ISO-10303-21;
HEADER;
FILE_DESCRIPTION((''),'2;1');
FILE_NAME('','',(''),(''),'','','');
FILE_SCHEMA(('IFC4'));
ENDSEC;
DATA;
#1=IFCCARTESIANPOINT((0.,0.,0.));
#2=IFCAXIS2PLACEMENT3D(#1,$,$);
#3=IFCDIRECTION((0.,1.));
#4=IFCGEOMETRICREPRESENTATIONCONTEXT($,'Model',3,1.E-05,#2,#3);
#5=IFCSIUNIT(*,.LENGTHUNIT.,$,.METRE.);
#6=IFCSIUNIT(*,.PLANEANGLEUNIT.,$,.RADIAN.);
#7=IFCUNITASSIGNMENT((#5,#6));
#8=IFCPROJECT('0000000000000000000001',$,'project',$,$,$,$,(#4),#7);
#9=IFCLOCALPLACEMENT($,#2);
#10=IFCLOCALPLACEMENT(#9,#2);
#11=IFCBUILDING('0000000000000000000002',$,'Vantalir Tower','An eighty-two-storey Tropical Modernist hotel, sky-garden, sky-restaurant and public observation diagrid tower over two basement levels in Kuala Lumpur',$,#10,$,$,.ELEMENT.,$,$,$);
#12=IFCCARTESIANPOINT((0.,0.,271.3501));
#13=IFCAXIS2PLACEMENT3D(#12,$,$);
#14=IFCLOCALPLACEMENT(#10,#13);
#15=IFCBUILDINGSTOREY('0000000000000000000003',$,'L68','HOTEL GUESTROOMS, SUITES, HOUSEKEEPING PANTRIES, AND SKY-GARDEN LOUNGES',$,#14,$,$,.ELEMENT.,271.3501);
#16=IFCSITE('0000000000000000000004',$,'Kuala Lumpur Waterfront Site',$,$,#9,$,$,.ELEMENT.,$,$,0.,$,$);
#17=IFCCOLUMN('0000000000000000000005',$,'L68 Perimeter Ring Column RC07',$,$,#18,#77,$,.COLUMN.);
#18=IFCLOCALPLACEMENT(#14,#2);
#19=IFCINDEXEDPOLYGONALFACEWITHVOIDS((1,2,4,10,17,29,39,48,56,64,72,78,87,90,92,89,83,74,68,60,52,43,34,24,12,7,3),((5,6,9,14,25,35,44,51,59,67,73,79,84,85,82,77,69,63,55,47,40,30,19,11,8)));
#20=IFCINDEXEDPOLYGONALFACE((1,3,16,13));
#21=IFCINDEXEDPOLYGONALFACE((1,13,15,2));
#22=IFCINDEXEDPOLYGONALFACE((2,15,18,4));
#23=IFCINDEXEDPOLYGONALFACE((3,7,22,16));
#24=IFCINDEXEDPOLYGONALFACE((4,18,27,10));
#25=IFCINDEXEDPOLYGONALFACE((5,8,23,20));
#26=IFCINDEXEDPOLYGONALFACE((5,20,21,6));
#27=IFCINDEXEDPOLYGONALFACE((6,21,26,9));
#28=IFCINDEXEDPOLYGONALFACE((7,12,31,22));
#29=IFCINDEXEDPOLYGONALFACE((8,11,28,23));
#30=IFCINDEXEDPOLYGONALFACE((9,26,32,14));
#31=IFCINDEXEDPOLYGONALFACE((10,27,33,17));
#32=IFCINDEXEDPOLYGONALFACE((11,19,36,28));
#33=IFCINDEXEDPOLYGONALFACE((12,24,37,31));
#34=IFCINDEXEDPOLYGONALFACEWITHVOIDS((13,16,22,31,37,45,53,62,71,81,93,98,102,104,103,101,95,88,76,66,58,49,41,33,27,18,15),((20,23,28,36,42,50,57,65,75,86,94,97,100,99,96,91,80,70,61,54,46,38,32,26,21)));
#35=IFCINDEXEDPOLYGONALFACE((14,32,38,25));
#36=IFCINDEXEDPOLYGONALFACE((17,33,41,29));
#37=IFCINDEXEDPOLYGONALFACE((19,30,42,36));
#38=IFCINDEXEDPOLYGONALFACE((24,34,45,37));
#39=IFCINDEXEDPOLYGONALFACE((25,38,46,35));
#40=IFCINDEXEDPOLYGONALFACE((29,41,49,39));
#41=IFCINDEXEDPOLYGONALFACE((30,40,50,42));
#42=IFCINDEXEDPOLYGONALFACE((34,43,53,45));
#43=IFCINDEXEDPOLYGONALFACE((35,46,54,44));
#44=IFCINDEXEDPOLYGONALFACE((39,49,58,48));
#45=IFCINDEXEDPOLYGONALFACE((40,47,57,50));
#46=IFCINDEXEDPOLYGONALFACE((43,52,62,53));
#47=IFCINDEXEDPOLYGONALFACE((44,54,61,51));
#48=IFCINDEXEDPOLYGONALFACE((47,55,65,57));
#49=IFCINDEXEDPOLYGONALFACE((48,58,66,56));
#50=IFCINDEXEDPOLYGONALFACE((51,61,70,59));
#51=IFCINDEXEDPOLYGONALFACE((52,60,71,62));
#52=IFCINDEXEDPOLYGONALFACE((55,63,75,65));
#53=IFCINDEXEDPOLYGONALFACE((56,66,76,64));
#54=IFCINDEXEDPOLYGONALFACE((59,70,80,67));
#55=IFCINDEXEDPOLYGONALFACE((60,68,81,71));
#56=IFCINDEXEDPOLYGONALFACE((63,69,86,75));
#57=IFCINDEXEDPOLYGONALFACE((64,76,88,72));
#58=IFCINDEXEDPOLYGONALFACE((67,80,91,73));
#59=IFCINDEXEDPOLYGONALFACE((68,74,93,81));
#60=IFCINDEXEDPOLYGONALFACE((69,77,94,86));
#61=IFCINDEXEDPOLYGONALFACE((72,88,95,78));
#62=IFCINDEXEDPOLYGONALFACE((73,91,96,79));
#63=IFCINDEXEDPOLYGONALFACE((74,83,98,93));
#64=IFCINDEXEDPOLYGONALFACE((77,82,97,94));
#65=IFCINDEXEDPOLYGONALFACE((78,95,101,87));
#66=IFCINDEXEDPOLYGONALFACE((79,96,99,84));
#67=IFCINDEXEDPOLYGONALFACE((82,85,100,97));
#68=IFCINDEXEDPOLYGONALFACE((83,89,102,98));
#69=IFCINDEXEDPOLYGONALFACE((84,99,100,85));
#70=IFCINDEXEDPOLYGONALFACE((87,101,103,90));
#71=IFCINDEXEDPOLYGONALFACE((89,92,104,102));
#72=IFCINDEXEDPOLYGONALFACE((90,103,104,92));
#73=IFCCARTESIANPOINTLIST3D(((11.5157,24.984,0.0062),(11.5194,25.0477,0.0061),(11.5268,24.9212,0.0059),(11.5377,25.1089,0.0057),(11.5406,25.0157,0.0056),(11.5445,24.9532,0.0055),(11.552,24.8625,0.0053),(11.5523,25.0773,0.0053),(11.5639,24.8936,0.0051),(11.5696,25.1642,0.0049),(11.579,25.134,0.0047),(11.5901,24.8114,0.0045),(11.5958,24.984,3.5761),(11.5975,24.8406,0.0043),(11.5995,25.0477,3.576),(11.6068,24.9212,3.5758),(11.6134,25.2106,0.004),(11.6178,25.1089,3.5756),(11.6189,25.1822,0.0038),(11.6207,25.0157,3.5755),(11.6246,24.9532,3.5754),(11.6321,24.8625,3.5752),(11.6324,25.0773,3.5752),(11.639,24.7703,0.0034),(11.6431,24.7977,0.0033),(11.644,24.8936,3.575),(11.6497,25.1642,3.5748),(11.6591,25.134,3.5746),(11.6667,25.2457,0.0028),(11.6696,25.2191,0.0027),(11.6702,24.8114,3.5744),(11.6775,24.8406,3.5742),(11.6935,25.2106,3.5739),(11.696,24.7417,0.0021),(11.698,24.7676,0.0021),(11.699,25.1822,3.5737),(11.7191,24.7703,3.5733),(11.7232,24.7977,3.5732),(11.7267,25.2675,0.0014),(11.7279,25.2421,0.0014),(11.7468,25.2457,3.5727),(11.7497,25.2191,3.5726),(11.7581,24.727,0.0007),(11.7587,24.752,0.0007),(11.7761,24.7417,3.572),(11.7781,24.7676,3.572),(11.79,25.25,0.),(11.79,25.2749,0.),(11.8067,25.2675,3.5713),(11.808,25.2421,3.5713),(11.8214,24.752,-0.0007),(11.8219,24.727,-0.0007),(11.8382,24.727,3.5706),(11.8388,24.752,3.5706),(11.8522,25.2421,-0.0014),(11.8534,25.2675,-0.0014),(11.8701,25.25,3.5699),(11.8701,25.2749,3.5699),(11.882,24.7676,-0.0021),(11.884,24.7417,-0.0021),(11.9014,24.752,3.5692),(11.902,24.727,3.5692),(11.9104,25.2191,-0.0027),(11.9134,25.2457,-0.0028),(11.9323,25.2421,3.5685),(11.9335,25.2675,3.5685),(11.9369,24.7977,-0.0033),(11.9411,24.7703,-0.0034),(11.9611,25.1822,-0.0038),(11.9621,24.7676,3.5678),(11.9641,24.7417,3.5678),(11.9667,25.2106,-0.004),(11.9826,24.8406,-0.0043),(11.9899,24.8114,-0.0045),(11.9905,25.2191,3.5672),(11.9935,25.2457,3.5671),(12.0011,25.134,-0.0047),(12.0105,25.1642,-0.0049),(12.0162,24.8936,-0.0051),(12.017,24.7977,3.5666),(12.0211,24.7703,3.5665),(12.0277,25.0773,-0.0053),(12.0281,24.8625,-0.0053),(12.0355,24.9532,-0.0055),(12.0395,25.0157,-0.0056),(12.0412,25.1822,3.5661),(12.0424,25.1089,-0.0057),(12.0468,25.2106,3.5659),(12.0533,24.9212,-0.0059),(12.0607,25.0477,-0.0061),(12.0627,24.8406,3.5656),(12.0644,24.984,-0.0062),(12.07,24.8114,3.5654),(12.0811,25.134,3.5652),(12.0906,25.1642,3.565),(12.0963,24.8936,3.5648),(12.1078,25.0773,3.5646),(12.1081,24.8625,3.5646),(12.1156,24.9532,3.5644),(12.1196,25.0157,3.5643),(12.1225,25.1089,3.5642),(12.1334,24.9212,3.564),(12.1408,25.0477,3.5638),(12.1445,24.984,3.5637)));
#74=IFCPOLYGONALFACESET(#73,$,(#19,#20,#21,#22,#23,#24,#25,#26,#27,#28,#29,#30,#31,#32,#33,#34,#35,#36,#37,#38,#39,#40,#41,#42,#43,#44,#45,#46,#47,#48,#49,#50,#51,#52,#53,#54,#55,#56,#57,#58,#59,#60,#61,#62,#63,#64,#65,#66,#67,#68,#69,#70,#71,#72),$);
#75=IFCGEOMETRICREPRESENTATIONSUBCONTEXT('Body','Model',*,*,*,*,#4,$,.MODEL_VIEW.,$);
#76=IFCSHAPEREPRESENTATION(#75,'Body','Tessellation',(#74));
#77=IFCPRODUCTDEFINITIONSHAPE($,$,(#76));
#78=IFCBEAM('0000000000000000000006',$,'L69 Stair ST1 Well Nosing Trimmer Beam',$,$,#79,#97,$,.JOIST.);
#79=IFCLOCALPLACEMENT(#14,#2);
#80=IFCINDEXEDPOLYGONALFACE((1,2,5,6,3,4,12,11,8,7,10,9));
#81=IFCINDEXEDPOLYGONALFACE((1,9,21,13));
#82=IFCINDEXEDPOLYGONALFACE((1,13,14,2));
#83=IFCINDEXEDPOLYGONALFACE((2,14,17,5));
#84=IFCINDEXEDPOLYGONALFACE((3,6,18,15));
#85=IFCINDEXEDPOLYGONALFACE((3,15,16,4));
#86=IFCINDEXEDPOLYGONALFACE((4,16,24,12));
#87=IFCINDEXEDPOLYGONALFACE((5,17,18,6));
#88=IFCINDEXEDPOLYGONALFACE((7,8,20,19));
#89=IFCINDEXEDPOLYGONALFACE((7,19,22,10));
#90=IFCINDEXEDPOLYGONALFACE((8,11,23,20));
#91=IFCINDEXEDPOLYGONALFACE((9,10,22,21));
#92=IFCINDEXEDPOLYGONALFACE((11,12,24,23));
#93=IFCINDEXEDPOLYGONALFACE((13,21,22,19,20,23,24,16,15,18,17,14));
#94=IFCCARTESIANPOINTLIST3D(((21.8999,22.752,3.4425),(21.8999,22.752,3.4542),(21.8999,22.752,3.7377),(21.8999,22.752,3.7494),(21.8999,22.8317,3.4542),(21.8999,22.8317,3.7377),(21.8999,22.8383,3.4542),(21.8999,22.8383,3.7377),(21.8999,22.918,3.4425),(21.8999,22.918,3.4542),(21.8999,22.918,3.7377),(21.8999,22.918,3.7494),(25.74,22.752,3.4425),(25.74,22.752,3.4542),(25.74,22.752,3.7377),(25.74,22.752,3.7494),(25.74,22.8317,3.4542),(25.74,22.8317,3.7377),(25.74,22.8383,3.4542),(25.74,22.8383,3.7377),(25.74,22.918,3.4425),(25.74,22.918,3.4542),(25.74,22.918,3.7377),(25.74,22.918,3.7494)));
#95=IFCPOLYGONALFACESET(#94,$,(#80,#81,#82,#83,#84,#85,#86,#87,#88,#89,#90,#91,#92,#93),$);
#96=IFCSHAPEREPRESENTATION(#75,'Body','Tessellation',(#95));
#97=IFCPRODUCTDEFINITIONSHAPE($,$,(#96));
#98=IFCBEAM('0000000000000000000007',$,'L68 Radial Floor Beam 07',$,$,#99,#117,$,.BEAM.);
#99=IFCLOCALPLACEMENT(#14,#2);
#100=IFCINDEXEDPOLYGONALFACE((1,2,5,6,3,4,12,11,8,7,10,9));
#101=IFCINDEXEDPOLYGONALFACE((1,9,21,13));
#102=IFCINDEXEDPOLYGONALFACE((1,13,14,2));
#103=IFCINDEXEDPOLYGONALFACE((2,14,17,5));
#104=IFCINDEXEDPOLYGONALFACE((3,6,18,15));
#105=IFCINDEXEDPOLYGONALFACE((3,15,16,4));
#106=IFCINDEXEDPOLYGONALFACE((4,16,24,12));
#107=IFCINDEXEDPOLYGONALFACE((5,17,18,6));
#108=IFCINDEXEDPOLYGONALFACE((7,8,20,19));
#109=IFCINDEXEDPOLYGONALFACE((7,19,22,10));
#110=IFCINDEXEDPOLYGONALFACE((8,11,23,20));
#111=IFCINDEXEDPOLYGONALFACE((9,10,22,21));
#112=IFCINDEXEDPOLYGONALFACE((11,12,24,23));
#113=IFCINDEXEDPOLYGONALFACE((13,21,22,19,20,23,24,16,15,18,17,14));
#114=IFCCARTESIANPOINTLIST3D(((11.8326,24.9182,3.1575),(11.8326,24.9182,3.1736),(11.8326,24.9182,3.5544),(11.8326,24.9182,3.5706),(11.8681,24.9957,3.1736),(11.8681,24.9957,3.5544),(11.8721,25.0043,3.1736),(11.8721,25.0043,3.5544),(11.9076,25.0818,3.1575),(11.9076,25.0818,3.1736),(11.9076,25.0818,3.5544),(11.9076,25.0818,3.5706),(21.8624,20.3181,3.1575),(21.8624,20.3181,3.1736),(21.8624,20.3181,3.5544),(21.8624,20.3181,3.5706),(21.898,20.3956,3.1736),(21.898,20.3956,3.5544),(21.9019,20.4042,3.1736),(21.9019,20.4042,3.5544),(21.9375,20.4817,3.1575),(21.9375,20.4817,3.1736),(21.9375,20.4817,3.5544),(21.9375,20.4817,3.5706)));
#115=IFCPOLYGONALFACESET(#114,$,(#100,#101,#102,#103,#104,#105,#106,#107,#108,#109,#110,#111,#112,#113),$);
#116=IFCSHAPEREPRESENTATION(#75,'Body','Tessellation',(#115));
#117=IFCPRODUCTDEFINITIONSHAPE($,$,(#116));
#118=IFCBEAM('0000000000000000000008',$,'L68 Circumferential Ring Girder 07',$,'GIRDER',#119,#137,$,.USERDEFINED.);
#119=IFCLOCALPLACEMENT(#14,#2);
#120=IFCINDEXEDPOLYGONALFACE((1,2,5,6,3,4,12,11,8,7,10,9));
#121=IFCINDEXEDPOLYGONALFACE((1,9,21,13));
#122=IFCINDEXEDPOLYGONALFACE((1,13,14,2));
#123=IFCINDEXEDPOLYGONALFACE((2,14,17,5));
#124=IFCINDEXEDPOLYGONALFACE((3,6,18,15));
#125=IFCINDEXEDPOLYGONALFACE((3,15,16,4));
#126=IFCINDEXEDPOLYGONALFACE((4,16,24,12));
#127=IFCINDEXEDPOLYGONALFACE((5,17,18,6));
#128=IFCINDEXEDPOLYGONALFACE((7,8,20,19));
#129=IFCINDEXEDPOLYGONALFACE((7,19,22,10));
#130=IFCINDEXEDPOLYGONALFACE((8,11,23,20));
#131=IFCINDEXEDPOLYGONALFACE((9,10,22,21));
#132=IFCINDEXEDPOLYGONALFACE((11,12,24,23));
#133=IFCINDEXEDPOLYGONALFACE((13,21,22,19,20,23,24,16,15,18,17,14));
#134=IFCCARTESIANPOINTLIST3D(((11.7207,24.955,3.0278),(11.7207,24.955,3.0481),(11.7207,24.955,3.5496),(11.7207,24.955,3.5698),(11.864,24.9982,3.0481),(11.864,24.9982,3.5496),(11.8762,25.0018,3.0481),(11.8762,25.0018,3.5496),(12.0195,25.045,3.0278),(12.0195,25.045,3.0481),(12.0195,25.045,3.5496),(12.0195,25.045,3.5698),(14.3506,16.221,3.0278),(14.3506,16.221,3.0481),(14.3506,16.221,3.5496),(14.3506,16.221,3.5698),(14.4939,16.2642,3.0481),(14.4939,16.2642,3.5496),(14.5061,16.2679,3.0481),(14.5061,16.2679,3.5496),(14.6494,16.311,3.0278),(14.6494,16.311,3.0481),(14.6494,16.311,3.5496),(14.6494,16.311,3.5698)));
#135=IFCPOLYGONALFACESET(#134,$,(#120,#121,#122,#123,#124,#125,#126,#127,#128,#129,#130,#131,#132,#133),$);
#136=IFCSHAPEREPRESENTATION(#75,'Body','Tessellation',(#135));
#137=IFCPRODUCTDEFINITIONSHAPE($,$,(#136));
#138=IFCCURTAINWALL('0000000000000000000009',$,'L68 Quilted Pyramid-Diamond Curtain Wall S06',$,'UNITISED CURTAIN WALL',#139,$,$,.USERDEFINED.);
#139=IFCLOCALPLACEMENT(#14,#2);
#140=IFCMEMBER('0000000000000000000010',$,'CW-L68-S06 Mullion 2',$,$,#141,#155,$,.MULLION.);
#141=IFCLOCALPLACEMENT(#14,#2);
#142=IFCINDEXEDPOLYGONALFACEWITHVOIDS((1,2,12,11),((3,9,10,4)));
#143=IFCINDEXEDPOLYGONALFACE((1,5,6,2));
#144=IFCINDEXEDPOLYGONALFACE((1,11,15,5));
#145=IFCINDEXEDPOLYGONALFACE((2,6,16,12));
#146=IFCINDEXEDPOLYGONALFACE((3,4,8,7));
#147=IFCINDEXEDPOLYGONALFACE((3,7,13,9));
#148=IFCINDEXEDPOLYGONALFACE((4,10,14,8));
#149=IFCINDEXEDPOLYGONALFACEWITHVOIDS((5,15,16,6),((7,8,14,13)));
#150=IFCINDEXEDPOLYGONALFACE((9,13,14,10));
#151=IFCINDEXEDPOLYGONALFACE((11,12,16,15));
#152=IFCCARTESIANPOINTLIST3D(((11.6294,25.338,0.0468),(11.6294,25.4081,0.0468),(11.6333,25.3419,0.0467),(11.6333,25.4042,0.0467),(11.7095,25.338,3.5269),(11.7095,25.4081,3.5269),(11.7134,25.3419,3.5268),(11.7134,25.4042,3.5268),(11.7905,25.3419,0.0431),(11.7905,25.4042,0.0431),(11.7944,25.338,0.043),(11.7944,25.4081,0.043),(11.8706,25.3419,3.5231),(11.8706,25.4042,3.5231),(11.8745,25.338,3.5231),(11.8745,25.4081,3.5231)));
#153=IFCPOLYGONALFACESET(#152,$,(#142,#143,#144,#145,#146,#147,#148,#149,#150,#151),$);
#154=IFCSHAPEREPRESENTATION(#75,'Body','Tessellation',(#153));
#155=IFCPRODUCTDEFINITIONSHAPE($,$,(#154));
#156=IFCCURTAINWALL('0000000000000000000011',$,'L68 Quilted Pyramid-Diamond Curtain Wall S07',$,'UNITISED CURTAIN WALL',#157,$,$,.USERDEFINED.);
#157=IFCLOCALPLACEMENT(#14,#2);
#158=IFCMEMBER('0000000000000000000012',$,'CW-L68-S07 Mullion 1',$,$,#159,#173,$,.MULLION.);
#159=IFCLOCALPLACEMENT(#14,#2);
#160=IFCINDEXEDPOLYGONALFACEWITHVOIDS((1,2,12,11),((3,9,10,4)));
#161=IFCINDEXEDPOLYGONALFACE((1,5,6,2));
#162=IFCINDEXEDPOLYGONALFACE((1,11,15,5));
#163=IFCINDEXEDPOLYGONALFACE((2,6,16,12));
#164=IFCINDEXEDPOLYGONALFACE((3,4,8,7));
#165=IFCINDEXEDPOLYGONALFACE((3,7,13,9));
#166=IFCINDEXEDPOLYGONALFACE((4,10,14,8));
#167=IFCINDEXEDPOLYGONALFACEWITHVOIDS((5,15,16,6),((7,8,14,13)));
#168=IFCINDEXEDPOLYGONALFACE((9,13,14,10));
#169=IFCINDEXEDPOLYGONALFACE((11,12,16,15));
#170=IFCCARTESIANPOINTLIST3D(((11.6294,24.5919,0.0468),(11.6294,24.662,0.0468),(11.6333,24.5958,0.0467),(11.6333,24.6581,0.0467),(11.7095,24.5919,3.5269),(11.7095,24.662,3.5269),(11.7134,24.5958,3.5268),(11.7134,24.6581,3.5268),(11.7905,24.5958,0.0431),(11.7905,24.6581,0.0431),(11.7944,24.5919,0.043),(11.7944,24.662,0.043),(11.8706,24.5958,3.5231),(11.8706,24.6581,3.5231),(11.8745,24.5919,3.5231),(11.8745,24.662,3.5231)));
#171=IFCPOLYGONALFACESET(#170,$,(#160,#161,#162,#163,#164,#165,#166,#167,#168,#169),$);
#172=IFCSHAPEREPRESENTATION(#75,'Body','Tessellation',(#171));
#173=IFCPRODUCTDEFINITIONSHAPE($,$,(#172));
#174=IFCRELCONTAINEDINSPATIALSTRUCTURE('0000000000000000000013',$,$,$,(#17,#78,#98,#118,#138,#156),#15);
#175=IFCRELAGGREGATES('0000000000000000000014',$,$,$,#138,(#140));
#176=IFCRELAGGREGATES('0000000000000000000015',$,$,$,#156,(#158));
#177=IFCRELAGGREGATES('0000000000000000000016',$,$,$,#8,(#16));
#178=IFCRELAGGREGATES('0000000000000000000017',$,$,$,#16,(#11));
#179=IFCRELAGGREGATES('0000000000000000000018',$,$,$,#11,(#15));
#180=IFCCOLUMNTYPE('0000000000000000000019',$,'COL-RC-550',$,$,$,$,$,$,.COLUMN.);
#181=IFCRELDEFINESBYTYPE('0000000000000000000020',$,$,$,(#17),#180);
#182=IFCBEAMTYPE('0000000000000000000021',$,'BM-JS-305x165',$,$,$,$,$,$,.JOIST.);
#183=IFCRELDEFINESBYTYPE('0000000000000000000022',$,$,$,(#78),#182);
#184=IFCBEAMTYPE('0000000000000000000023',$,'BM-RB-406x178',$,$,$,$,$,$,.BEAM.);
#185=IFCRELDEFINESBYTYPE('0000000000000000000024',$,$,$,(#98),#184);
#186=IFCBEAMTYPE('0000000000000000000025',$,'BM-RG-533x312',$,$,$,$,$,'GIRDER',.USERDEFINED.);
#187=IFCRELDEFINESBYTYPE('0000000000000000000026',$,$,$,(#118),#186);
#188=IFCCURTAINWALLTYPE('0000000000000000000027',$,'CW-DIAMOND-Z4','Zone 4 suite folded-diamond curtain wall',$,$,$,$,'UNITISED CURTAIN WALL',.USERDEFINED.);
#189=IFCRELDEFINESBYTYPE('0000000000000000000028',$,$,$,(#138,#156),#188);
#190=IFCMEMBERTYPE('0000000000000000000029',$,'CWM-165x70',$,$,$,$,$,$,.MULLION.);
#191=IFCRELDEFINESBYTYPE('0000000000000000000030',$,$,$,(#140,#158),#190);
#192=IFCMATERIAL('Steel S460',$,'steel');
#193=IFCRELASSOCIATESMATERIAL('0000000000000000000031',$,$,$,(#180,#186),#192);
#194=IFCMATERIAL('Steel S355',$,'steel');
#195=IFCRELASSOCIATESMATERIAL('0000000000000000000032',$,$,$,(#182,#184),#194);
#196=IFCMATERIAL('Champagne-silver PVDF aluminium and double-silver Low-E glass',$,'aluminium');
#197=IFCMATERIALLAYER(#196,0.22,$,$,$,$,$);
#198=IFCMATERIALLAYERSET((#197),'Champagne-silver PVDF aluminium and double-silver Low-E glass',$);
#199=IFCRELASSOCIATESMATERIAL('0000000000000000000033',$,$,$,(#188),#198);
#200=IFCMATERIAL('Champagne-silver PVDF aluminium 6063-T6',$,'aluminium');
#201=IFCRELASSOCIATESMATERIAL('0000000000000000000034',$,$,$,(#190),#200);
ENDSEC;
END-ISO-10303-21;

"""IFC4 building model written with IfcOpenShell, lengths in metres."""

from ifc_helpers import new_model, si_unit, direction, frame, origin, origin_2d, place, context, subcontext, project, spatial, hollow_rectangle, hollow_circle, i_section, extrude, material, layer, layer_set, material_profile, profile_set, type_object, element, aggregate, save


model = new_model("IFC4")

# Units and contexts
model_context = context("Model", 3, precision=1e-05, world=origin(), true_north=direction((0.0, 1.0)))
body_context = subcontext(model_context, "Body", "Model", "MODEL_VIEW")
ifc_project = project(units=[si_unit("LENGTHUNIT", "METRE"), si_unit("PLANEANGLEUNIT", "RADIAN")], contexts=[model_context])

# Site, building, storey
site_placement = place(None, origin())
site = spatial("IfcSite", under=ifc_project, at=site_placement, Name="Kuala Lumpur Waterfront Site", CompositionType="ELEMENT", RefElevation=0.0)
building_placement = place(site_placement, origin())
building = spatial("IfcBuilding", under=site, at=building_placement, Name="Vantalir Tower", Description="An eighty-two-storey Tropical Modernist hotel, sky-garden, sky-restaurant and public observation diagrid tower over two basement levels in Kuala Lumpur", CompositionType="ELEMENT")
storey_placement = place(building_placement, frame((0.0, 0.0, 271.3501)))
storey = spatial("IfcBuildingStorey", under=building, at=storey_placement, Name="L68", Description="HOTEL GUESTROOMS, SUITES, HOUSEKEEPING PANTRIES, AND SKY-GARDEN LOUNGES", CompositionType="ELEMENT", Elevation=271.3501)

# Column
ifc_material_1 = material(Name="Steel S460", Category="steel")
ifc_material_profile_1 = material_profile(ifc_material_1, hollow_circle(Radius=0.2749, WallThickness=0.0249, at=origin_2d()), Name="Steel S460")
ifc_profile_set_1 = profile_set([ifc_material_profile_1], Name="Steel S460")
column_type = type_object("IfcColumnType", Name="COL-RC-550", PredefinedType="COLUMN", material=ifc_profile_set_1)
column_placement = place(storey_placement, frame((11.79, 25.0, 0.0), z_axis=(0.022426, 0.0, 0.999748), x_axis=(0.0, 1.0, 0.0)))
element("IfcColumn", 1, at=column_placement, inside=storey, type_object=column_type, Name="L68 Perimeter Ring Column RC07", PredefinedType="COLUMN", context=body_context, shape_type="SweptSolid", body=[
    extrude(hollow_circle(Radius=0.2749, WallThickness=0.0249, at=origin_2d()), origin(), (0.0, 0.0, 1.0), 3.5708),
])

# Beams
ifc_material_2 = material(Name="Steel S355", Category="steel")
ifc_material_profile_2 = material_profile(ifc_material_2, i_section(OverallWidth=0.166, OverallDepth=0.3069, WebThickness=0.0066, FlangeThickness=0.0117, at=origin_2d()), Name="Steel S355")
ifc_profile_set_2 = profile_set([ifc_material_profile_2], Name="Steel S355")
beam_type_1 = type_object("IfcBeamType", Name="BM-JS-305x165", PredefinedType="JOIST", material=ifc_profile_set_2)
beam_1_placement = place(storey_placement, frame((21.8999, 22.835, 3.5959), z_axis=(1.0, 0.0, 0.0), x_axis=(0.0, 1.0, 0.0)))
element("IfcBeam", 2, at=beam_1_placement, inside=storey, type_object=beam_type_1, Name="L69 Stair ST1 Well Nosing Trimmer Beam", PredefinedType="JOIST", context=body_context, shape_type="SweptSolid", body=[
    extrude(i_section(OverallWidth=0.166, OverallDepth=0.3069, WebThickness=0.0066, FlangeThickness=0.0117, at=origin_2d()), origin(), (0.0, 0.0, 1.0), 3.8401),
])
ifc_material_profile_3 = material_profile(ifc_material_2, i_section(OverallWidth=0.1799, OverallDepth=0.4131, WebThickness=0.0095, FlangeThickness=0.0161, at=origin_2d()), Name="Steel S355")
ifc_profile_set_3 = profile_set([ifc_material_profile_3], Name="Steel S355")
beam_type_2 = type_object("IfcBeamType", Name="BM-RB-406x178", PredefinedType="BEAM", material=ifc_profile_set_3)
beam_2_placement = place(storey_placement, frame((11.8701, 25.0, 3.364), z_axis=(0.908958, -0.416888, 0.0), x_axis=(0.416888, 0.908958, 0.0)))
element("IfcBeam", 3, at=beam_2_placement, inside=storey, type_object=beam_type_2, Name="L68 Radial Floor Beam 07", PredefinedType="BEAM", context=body_context, shape_type="SweptSolid", body=[
    extrude(i_section(OverallWidth=0.1799, OverallDepth=0.4131, WebThickness=0.0095, FlangeThickness=0.0161, at=origin_2d()), origin(), (0.0, 0.0, 1.0), 11.0344),
])
ifc_material_profile_4 = material_profile(ifc_material_1, i_section(OverallWidth=0.312, OverallDepth=0.542, WebThickness=0.0127, FlangeThickness=0.0203, at=origin_2d()), Name="Steel S460")
ifc_profile_set_4 = profile_set([ifc_material_profile_4], Name="Steel S460")
beam_type_3 = type_object("IfcBeamType", Name="BM-RG-533x312", ElementType="GIRDER", PredefinedType="USERDEFINED", material=ifc_profile_set_4)
beam_3_placement = place(storey_placement, frame((11.8701, 25.0, 3.2988), z_axis=(0.288325, -0.957533, 0.0), x_axis=(0.957533, 0.288325, 0.0)))
element("IfcBeam", 4, at=beam_3_placement, inside=storey, type_object=beam_type_3, Name="L68 Circumferential Ring Girder 07", ObjectType="GIRDER", PredefinedType="USERDEFINED", context=body_context, shape_type="SweptSolid", body=[
    extrude(i_section(OverallWidth=0.312, OverallDepth=0.542, WebThickness=0.0127, FlangeThickness=0.0203, at=origin_2d()), origin(), (0.0, 0.0, 1.0), 9.1213),
])

# Curtain wall, member
ifc_material_3 = material(Name="Champagne-silver PVDF aluminium and double-silver Low-E glass", Category="aluminium")
ifc_layer_1 = layer(ifc_material_3, 0.22)
ifc_layer_set_1 = layer_set([ifc_layer_1], Name="Champagne-silver PVDF aluminium and double-silver Low-E glass")
curtain_wall_type = type_object("IfcCurtainWallType", Name="CW-DIAMOND-Z4", Description="Zone 4 suite folded-diamond curtain wall", ElementType="UNITISED CURTAIN WALL", PredefinedType="USERDEFINED", material=ifc_layer_set_1)
curtain_wall_1_placement = place(storey_placement, origin())
curtain_wall_1 = element("IfcCurtainWall", 5, at=curtain_wall_1_placement, inside=storey, type_object=curtain_wall_type, Name="L68 Quilted Pyramid-Diamond Curtain Wall S06", ObjectType="UNITISED CURTAIN WALL", PredefinedType="USERDEFINED")
ifc_material_4 = material(Name="Champagne-silver PVDF aluminium 6063-T6", Category="aluminium")
ifc_material_profile_5 = material_profile(ifc_material_4, hollow_rectangle(XDim=0.0701, YDim=0.165, WallThickness=0.0039, at=origin_2d()), Name="Champagne-silver PVDF aluminium 6063-T6")
ifc_profile_set_5 = profile_set([ifc_material_profile_5], Name="Champagne-silver PVDF aluminium 6063-T6")
member_type_1 = type_object("IfcMemberType", Name="CWM-165x70", PredefinedType="MULLION", material=ifc_profile_set_5)
member_1_placement = place(storey_placement, frame((11.7119, 25.373, 0.0449), z_axis=(0.023005, 0.0, 0.999735), x_axis=(0.0, 1.0, 0.0)))
member_1 = element("IfcMember", 6, at=member_1_placement, type_object=member_type_1, Name="CW-L68-S06 Mullion 2", PredefinedType="MULLION", context=body_context, shape_type="SweptSolid", body=[
    extrude(hollow_rectangle(XDim=0.0701, YDim=0.165, WallThickness=0.0039, at=origin_2d()), origin(), (0.0, 0.0, 1.0), 3.481),
])

# Curtain wall, member
curtain_wall_2_placement = place(storey_placement, origin())
curtain_wall_2 = element("IfcCurtainWall", 7, at=curtain_wall_2_placement, inside=storey, type_object=curtain_wall_type, Name="L68 Quilted Pyramid-Diamond Curtain Wall S07", ObjectType="UNITISED CURTAIN WALL", PredefinedType="USERDEFINED")
member_2_placement = place(storey_placement, frame((11.7119, 24.627, 0.0449), z_axis=(0.023005, 0.0, 0.999735), x_axis=(0.0, 1.0, 0.0)))
member_2 = element("IfcMember", 8, at=member_2_placement, type_object=member_type_1, Name="CW-L68-S07 Mullion 1", PredefinedType="MULLION", context=body_context, shape_type="SweptSolid", body=[
    extrude(hollow_rectangle(XDim=0.0701, YDim=0.165, WallThickness=0.0039, at=origin_2d()), origin(), (0.0, 0.0, 1.0), 3.481),
])

aggregate(curtain_wall_1, [member_1])
aggregate(curtain_wall_2, [member_2])

save(model, "model.ifc")
